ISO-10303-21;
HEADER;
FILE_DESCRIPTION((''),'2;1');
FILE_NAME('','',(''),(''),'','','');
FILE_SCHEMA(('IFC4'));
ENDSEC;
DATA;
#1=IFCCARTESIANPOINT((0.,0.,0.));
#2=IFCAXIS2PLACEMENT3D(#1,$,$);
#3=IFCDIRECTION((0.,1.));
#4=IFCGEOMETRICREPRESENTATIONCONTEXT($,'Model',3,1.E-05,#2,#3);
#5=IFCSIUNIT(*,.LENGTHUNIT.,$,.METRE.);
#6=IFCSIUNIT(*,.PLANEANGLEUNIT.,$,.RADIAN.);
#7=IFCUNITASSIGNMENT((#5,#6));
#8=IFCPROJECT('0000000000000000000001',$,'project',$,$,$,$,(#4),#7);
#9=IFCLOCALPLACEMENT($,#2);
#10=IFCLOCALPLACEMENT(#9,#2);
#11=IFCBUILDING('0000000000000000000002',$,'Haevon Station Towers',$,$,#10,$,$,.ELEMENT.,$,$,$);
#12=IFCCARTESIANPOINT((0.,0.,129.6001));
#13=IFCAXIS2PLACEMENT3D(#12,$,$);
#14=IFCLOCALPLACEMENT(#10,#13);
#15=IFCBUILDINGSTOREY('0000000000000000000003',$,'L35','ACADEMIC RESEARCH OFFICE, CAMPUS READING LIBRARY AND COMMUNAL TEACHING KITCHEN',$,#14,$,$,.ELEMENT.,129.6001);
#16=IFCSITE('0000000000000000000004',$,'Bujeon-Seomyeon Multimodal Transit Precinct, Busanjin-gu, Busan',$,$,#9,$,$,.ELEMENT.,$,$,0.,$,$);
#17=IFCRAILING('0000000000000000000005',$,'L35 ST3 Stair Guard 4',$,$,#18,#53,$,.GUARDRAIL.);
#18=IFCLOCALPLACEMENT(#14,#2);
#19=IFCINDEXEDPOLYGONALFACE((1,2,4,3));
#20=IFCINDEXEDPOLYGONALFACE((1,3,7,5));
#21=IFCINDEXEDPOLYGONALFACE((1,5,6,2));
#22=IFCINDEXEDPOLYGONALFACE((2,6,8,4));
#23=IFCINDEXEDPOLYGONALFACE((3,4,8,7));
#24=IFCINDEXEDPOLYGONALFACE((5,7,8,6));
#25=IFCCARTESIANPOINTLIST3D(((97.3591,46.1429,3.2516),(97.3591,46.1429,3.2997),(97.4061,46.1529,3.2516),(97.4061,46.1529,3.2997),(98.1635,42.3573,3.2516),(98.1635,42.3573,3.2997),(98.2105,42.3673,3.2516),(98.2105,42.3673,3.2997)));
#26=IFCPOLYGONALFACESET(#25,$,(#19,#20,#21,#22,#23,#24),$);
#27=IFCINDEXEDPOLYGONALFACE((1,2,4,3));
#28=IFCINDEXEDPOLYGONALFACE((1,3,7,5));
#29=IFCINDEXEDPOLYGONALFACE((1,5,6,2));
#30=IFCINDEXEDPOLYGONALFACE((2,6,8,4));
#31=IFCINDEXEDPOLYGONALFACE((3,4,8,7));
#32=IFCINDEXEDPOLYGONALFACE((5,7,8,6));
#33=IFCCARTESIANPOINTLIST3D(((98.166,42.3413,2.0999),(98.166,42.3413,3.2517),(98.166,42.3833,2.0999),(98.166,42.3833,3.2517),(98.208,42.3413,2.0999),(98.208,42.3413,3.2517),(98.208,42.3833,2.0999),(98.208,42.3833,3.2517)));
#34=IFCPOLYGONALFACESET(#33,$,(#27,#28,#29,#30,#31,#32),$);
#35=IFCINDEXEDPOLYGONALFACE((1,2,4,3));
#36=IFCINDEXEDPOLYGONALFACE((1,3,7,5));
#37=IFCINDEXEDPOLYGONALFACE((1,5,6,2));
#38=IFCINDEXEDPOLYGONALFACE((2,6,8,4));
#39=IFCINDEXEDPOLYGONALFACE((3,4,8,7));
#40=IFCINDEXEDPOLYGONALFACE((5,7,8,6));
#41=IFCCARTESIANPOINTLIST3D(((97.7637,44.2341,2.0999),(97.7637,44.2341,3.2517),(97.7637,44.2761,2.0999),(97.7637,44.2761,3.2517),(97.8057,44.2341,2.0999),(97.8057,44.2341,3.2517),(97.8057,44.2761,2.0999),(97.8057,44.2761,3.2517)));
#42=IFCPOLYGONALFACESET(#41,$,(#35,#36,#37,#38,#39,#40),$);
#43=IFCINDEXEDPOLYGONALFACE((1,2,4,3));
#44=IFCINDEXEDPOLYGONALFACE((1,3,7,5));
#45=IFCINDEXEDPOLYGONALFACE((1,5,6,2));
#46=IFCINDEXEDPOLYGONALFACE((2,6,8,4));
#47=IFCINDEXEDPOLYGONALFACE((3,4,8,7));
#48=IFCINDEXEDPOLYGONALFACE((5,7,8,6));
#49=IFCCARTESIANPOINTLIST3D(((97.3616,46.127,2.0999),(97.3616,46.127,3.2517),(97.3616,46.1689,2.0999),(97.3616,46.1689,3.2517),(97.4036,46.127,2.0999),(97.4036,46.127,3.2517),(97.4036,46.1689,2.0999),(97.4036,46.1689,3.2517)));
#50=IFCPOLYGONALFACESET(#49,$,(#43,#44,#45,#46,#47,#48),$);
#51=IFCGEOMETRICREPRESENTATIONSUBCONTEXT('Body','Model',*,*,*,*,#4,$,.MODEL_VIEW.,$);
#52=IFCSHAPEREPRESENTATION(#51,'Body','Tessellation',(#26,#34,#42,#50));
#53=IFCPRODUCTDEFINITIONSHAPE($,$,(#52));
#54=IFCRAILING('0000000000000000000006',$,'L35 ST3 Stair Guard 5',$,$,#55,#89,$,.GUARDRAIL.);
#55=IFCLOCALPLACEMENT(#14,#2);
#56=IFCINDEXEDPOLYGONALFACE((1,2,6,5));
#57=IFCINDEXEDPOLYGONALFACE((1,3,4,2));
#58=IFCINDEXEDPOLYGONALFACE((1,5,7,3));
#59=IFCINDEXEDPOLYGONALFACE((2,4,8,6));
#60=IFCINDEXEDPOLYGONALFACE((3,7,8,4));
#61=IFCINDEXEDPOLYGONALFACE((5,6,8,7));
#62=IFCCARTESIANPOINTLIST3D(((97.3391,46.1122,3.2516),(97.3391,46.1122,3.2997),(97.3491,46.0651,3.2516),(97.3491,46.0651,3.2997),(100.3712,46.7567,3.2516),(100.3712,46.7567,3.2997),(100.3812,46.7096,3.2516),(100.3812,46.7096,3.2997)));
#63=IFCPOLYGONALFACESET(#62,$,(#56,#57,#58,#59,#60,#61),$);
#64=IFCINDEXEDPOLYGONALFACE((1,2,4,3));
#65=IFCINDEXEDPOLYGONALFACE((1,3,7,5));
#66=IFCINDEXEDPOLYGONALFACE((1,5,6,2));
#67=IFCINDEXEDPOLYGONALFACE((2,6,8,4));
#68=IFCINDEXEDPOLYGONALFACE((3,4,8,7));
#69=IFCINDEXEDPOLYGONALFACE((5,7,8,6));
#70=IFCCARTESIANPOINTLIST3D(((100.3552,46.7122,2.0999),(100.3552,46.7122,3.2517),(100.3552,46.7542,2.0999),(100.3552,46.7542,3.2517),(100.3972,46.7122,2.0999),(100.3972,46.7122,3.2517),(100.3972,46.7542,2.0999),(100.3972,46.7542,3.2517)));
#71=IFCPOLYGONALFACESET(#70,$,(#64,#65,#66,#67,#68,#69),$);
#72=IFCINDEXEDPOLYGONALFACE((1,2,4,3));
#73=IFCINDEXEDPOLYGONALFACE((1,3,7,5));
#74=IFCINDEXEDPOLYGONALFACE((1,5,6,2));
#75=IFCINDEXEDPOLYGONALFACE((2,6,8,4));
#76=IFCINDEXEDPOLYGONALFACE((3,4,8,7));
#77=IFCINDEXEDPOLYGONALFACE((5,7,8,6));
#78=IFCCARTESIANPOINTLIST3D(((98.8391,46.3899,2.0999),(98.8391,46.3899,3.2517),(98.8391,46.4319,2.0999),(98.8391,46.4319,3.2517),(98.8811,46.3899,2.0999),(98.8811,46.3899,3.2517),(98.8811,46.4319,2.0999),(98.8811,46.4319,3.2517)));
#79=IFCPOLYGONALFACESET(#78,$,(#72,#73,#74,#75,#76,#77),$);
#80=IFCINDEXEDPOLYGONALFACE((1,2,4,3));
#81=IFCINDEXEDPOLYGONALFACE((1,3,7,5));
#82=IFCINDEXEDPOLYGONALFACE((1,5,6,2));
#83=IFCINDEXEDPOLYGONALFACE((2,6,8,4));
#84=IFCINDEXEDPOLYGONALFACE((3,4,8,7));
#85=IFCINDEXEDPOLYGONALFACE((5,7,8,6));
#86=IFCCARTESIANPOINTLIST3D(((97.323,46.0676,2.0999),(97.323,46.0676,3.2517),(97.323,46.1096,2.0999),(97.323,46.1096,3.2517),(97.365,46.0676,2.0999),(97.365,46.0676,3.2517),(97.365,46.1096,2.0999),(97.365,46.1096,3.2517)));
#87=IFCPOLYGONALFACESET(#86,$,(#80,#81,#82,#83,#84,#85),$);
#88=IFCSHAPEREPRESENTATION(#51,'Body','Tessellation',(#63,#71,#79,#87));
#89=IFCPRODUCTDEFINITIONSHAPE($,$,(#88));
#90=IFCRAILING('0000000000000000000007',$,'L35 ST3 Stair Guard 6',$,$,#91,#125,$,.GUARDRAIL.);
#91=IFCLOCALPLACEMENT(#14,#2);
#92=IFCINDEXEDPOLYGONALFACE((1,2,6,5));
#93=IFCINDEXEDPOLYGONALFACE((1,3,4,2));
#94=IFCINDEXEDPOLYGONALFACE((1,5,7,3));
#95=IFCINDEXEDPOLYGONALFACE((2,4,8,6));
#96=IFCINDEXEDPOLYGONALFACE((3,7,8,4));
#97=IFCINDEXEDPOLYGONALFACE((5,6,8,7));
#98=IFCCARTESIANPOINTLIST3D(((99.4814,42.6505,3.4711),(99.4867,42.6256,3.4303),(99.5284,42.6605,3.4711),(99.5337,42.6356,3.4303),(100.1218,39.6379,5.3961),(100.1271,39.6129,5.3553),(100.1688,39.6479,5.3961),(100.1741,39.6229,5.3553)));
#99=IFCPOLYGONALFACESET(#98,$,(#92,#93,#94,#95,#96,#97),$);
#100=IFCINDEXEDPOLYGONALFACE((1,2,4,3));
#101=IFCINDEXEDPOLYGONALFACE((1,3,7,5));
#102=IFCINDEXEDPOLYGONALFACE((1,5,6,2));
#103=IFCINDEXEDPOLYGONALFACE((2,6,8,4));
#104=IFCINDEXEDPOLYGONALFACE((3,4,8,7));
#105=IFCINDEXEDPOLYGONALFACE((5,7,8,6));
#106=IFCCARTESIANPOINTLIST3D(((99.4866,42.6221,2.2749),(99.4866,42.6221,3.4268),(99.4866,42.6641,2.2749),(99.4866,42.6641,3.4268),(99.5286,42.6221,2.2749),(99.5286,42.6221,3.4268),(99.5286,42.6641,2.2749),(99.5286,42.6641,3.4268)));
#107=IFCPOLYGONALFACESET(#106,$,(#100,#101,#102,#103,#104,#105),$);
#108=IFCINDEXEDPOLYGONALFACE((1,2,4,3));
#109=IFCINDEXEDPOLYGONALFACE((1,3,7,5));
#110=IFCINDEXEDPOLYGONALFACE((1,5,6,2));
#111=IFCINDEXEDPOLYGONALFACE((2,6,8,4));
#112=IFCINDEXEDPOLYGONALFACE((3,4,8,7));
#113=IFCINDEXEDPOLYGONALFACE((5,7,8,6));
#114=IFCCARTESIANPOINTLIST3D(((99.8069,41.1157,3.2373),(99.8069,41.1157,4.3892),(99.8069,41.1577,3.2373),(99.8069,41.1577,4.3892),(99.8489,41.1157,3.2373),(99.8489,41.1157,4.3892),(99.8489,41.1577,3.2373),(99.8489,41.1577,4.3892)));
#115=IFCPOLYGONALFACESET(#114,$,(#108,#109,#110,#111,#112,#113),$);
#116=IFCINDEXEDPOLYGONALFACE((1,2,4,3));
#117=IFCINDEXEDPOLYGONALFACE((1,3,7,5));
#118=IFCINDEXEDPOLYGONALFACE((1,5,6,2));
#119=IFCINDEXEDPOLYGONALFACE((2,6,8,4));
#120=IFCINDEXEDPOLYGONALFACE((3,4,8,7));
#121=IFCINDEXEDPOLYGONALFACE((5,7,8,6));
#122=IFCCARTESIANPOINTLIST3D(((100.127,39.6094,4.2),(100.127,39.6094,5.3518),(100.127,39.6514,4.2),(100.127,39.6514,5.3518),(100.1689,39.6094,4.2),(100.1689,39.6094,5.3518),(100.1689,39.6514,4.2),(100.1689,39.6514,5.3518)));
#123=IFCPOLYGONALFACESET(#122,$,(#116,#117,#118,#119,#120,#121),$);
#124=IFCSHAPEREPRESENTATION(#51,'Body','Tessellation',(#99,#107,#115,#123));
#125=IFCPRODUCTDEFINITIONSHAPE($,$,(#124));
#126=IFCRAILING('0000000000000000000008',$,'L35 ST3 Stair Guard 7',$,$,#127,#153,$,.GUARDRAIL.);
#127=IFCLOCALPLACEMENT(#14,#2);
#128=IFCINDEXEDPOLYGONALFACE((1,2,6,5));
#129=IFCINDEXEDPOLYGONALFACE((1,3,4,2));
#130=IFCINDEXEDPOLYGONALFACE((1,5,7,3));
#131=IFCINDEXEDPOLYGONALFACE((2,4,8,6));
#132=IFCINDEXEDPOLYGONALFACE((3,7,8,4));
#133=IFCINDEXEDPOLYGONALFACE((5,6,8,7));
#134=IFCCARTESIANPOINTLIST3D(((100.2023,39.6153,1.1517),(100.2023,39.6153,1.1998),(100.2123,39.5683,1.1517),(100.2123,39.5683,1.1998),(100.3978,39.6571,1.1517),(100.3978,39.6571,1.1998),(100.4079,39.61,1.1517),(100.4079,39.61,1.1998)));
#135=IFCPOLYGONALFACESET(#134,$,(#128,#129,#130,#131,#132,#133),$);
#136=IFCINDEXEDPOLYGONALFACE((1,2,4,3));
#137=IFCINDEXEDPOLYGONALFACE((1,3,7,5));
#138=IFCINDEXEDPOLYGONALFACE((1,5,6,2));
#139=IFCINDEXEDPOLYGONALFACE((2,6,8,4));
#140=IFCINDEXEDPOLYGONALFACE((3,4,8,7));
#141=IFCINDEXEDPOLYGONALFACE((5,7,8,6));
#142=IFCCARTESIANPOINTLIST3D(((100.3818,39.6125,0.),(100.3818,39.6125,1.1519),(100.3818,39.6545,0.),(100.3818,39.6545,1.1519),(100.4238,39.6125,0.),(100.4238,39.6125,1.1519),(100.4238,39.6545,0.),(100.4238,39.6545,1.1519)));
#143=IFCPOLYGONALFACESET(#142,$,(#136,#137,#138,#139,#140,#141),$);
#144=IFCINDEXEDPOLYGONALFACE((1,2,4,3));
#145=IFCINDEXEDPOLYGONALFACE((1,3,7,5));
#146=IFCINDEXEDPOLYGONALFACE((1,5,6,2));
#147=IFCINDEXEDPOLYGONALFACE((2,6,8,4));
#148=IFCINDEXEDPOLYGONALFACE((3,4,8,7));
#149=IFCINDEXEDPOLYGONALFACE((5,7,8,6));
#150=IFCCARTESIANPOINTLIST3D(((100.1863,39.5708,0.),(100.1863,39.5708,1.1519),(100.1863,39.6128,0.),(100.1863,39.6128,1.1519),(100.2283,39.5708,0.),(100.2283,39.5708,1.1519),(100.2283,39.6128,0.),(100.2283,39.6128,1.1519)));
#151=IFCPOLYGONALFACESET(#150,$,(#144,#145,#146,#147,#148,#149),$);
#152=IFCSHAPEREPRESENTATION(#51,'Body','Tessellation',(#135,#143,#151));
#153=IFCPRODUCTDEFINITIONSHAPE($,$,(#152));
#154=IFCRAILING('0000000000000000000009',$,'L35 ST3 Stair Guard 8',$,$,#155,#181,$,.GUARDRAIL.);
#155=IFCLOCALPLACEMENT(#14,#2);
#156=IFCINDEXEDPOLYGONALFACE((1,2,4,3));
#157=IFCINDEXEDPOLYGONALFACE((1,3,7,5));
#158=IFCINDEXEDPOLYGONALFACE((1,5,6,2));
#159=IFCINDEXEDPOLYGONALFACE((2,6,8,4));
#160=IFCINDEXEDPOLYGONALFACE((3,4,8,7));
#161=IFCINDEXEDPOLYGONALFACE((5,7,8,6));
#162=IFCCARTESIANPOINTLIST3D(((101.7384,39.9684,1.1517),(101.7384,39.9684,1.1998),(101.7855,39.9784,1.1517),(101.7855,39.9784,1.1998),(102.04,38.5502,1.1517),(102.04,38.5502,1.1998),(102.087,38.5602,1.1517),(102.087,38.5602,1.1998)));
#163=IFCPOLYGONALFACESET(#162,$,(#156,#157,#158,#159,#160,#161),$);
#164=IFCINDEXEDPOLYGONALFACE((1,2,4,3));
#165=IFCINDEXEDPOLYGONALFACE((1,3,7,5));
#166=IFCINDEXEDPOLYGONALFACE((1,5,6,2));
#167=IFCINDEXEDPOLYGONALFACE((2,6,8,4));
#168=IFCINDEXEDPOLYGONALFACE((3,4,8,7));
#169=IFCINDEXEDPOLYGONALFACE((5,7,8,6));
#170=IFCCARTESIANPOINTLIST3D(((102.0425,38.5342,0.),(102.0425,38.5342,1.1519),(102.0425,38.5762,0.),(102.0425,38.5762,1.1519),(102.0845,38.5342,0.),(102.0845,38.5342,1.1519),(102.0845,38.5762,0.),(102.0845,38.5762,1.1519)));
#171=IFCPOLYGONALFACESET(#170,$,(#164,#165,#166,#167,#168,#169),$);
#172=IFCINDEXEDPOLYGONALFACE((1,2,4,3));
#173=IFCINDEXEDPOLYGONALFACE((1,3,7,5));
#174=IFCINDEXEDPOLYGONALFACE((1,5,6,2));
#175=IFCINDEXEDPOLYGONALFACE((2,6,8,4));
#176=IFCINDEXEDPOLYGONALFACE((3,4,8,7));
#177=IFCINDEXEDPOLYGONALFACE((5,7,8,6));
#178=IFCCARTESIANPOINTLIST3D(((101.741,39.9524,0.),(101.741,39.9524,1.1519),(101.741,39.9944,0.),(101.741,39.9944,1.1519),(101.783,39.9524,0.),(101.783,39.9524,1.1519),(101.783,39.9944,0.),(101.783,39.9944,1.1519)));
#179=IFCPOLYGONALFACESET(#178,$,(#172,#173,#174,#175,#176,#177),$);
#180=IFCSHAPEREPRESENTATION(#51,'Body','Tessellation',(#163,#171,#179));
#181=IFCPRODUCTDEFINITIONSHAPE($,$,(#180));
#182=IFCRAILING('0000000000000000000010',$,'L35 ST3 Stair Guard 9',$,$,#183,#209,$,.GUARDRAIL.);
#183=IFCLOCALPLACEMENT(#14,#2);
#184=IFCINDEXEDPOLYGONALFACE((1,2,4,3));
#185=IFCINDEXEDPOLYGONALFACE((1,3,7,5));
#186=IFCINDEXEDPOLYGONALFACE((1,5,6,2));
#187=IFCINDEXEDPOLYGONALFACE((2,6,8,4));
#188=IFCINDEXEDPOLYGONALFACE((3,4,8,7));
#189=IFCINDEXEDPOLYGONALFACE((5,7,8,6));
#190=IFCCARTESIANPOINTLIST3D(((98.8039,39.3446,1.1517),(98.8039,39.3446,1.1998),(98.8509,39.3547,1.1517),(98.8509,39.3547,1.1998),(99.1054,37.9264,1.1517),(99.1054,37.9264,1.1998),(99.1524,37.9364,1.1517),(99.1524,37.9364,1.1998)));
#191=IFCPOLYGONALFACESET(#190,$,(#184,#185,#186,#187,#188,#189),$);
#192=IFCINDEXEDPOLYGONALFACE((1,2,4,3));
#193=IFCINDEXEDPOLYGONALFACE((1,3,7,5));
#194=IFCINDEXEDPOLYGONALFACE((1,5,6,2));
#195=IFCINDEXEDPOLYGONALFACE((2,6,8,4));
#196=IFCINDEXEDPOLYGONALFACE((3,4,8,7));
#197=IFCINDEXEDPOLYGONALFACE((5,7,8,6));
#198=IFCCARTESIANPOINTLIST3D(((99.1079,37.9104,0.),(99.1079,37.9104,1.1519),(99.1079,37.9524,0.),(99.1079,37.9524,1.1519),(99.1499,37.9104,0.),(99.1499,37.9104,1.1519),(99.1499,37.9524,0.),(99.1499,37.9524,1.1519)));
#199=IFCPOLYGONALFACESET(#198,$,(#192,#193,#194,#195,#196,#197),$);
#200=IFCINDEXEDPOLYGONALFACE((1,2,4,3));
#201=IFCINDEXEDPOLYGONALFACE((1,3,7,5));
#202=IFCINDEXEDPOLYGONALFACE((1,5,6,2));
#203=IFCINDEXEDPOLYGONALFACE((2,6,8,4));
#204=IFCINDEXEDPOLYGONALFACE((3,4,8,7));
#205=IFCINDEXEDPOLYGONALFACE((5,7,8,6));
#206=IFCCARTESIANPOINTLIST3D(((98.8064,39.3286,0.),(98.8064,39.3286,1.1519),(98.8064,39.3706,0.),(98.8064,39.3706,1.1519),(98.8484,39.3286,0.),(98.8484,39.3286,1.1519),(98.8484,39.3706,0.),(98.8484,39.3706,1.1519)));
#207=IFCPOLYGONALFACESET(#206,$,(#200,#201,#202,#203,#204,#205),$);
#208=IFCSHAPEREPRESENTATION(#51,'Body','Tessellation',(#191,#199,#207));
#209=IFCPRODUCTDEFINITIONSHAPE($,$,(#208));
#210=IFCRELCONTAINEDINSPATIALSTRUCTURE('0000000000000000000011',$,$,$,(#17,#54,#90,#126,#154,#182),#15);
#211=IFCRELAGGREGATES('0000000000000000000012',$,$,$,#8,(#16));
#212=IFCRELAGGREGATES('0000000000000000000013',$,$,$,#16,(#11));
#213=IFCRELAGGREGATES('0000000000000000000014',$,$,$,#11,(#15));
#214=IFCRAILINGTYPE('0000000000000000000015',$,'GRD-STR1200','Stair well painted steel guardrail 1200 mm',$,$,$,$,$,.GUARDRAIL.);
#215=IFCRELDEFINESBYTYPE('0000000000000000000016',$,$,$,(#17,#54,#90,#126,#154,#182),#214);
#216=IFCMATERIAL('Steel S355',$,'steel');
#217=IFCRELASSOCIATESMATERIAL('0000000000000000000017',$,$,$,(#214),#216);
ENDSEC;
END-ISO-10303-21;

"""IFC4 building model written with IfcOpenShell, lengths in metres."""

from ifc_helpers import new_model, si_unit, direction, frame, origin, origin_2d, place, context, subcontext, project, spatial, rectangle, extrude, material, type_object, element, save


model = new_model("IFC4")

# Units and contexts
model_context = context("Model", 3, precision=1e-05, world=origin(), true_north=direction((0.0, 1.0)))
body_context = subcontext(model_context, "Body", "Model", "MODEL_VIEW")
ifc_project = project(units=[si_unit("LENGTHUNIT", "METRE"), si_unit("PLANEANGLEUNIT", "RADIAN")], contexts=[model_context])

# Site, building, storey
site_placement = place(None, origin())
site = spatial("IfcSite", under=ifc_project, at=site_placement, Name="Bujeon-Seomyeon Multimodal Transit Precinct, Busanjin-gu, Busan", CompositionType="ELEMENT", RefElevation=0.0)
building_placement = place(site_placement, origin())
building = spatial("IfcBuilding", under=site, at=building_placement, Name="Haevon Station Towers", CompositionType="ELEMENT")
storey_placement = place(building_placement, frame((0.0, 0.0, 129.6001)))
storey = spatial("IfcBuildingStorey", under=building, at=storey_placement, Name="L35", Description="ACADEMIC RESEARCH OFFICE, CAMPUS READING LIBRARY AND COMMUNAL TEACHING KITCHEN", CompositionType="ELEMENT", Elevation=129.6001)

# Shared definitions
ifc_material_1 = material(Name="Steel S355", Category="steel")

# Railings
railing_type_1 = type_object("IfcRailingType", Name="GRD-STR1200", Description="Stair well painted steel guardrail 1200 mm", PredefinedType="GUARDRAIL", material=ifc_material_1)
railing_1_placement = place(storey_placement, frame((98.187, 42.3623, 2.0999)))
element("IfcRailing", 1, at=railing_1_placement, inside=storey, type_object=railing_type_1, Name="L35 ST3 Stair Guard 4", PredefinedType="GUARDRAIL", context=body_context, shape_type="SweptSolid", body=[
    extrude(rectangle(XDim=0.0481, YDim=0.0481, at=origin_2d()), frame((0.0, 0.0, 1.1758), z_axis=(-0.207857, 0.978159, 0.0), x_axis=(-0.978159, -0.207857, 0.0)), (0.0, 0.0, 1.0), 3.8701),
    extrude(rectangle(XDim=0.042, YDim=0.042, at=origin_2d()), origin(), (0.0, 0.0, 1.0), 1.1519),
    extrude(rectangle(XDim=0.042, YDim=0.042, at=origin_2d()), frame((-0.4023, 1.8928, 0.0)), (0.0, 0.0, 1.0), 1.1519),
    extrude(rectangle(XDim=0.042, YDim=0.042, at=origin_2d()), frame((-0.8044, 3.7856, 0.0)), (0.0, 0.0, 1.0), 1.1519),
])
railing_2_placement = place(storey_placement, frame((100.3762, 46.7332, 2.0999)))
element("IfcRailing", 2, at=railing_2_placement, inside=storey, type_object=railing_type_1, Name="L35 ST3 Stair Guard 5", PredefinedType="GUARDRAIL", context=body_context, shape_type="SweptSolid", body=[
    extrude(rectangle(XDim=0.0481, YDim=0.0481, at=origin_2d()), frame((0.0, 0.0, 1.1758), z_axis=(-0.978147, -0.207915, 0.0), x_axis=(0.207915, -0.978147, 0.0)), (0.0, 0.0, 1.0), 3.0999),
    extrude(rectangle(XDim=0.042, YDim=0.042, at=origin_2d()), origin(), (0.0, 0.0, 1.0), 1.1519),
    extrude(rectangle(XDim=0.042, YDim=0.042, at=origin_2d()), frame((-1.5161, -0.3223, 0.0)), (0.0, 0.0, 1.0), 1.1519),
    extrude(rectangle(XDim=0.042, YDim=0.042, at=origin_2d()), frame((-3.0322, -0.6445, 0.0)), (0.0, 0.0, 1.0), 1.1519),
])
railing_3_placement = place(storey_placement, frame((99.5076, 42.6431, 2.2749)))
element("IfcRailing", 3, at=railing_3_placement, inside=storey, type_object=railing_type_1, Name="L35 ST3 Stair Guard 6", PredefinedType="GUARDRAIL", context=body_context, shape_type="SweptSolid", body=[
    extrude(rectangle(XDim=0.0481, YDim=0.0481, at=origin_2d()), frame((0.0, 0.0, 1.1758), z_axis=(0.176311, -0.829461, 0.530008), x_axis=(0.978147, 0.207916, 0.0)), (0.0, 0.0, 1.0), 3.6321),
    extrude(rectangle(XDim=0.042, YDim=0.042, at=origin_2d()), origin(), (0.0, 0.0, 1.0), 1.1519),
    extrude(rectangle(XDim=0.042, YDim=0.042, at=origin_2d()), frame((0.3203, -1.5063, 0.9624)), (0.0, 0.0, 1.0), 1.1519),
    extrude(rectangle(XDim=0.042, YDim=0.042, at=origin_2d()), frame((0.6404, -3.0127, 1.925)), (0.0, 0.0, 1.0), 1.1519),
])
railing_4_placement = place(storey_placement, frame((100.4028, 39.6335, 0.0)))
element("IfcRailing", 4, at=railing_4_placement, inside=storey, type_object=railing_type_1, Name="L35 ST3 Stair Guard 7", PredefinedType="GUARDRAIL", context=body_context, shape_type="SweptSolid", body=[
    extrude(rectangle(XDim=0.0481, YDim=0.0481, at=origin_2d()), frame((0.0, 0.0, 1.1758), z_axis=(-0.977963, -0.208779, 0.0), x_axis=(0.208779, -0.977963, 0.0)), (0.0, 0.0, 1.0), 0.2),
    extrude(rectangle(XDim=0.042, YDim=0.042, at=origin_2d()), origin(), (0.0, 0.0, 1.0), 1.1519),
    extrude(rectangle(XDim=0.042, YDim=0.042, at=origin_2d()), frame((-0.1956, -0.0417, 0.0)), (0.0, 0.0, 1.0), 1.1519),
])
for number, where, name in (
    (5, (102.0635, 38.5552, 0.0), "L35 ST3 Stair Guard 8"),
    (6, (99.1289, 37.9314, 0.0), "L35 ST3 Stair Guard 9"),
):
    element("IfcRailing", number, at=place(storey_placement, frame(where)), inside=storey, type_object=railing_type_1, Name=name, PredefinedType="GUARDRAIL", context=body_context, shape_type="SweptSolid", body=[
        extrude(rectangle(XDim=0.0481, YDim=0.0481, at=origin_2d()), frame((0.0, 0.0, 1.1758), z_axis=(-0.207953, 0.978139, 0.0), x_axis=(-0.978139, -0.207953, 0.0)), (0.0, 0.0, 1.0), 1.45),
        extrude(rectangle(XDim=0.042, YDim=0.042, at=origin_2d()), origin(), (0.0, 0.0, 1.0), 1.1519),
        extrude(rectangle(XDim=0.042, YDim=0.042, at=origin_2d()), frame((-0.3015, 1.4182, 0.0)), (0.0, 0.0, 1.0), 1.1519),
    ])

save(model, "model.ifc")
